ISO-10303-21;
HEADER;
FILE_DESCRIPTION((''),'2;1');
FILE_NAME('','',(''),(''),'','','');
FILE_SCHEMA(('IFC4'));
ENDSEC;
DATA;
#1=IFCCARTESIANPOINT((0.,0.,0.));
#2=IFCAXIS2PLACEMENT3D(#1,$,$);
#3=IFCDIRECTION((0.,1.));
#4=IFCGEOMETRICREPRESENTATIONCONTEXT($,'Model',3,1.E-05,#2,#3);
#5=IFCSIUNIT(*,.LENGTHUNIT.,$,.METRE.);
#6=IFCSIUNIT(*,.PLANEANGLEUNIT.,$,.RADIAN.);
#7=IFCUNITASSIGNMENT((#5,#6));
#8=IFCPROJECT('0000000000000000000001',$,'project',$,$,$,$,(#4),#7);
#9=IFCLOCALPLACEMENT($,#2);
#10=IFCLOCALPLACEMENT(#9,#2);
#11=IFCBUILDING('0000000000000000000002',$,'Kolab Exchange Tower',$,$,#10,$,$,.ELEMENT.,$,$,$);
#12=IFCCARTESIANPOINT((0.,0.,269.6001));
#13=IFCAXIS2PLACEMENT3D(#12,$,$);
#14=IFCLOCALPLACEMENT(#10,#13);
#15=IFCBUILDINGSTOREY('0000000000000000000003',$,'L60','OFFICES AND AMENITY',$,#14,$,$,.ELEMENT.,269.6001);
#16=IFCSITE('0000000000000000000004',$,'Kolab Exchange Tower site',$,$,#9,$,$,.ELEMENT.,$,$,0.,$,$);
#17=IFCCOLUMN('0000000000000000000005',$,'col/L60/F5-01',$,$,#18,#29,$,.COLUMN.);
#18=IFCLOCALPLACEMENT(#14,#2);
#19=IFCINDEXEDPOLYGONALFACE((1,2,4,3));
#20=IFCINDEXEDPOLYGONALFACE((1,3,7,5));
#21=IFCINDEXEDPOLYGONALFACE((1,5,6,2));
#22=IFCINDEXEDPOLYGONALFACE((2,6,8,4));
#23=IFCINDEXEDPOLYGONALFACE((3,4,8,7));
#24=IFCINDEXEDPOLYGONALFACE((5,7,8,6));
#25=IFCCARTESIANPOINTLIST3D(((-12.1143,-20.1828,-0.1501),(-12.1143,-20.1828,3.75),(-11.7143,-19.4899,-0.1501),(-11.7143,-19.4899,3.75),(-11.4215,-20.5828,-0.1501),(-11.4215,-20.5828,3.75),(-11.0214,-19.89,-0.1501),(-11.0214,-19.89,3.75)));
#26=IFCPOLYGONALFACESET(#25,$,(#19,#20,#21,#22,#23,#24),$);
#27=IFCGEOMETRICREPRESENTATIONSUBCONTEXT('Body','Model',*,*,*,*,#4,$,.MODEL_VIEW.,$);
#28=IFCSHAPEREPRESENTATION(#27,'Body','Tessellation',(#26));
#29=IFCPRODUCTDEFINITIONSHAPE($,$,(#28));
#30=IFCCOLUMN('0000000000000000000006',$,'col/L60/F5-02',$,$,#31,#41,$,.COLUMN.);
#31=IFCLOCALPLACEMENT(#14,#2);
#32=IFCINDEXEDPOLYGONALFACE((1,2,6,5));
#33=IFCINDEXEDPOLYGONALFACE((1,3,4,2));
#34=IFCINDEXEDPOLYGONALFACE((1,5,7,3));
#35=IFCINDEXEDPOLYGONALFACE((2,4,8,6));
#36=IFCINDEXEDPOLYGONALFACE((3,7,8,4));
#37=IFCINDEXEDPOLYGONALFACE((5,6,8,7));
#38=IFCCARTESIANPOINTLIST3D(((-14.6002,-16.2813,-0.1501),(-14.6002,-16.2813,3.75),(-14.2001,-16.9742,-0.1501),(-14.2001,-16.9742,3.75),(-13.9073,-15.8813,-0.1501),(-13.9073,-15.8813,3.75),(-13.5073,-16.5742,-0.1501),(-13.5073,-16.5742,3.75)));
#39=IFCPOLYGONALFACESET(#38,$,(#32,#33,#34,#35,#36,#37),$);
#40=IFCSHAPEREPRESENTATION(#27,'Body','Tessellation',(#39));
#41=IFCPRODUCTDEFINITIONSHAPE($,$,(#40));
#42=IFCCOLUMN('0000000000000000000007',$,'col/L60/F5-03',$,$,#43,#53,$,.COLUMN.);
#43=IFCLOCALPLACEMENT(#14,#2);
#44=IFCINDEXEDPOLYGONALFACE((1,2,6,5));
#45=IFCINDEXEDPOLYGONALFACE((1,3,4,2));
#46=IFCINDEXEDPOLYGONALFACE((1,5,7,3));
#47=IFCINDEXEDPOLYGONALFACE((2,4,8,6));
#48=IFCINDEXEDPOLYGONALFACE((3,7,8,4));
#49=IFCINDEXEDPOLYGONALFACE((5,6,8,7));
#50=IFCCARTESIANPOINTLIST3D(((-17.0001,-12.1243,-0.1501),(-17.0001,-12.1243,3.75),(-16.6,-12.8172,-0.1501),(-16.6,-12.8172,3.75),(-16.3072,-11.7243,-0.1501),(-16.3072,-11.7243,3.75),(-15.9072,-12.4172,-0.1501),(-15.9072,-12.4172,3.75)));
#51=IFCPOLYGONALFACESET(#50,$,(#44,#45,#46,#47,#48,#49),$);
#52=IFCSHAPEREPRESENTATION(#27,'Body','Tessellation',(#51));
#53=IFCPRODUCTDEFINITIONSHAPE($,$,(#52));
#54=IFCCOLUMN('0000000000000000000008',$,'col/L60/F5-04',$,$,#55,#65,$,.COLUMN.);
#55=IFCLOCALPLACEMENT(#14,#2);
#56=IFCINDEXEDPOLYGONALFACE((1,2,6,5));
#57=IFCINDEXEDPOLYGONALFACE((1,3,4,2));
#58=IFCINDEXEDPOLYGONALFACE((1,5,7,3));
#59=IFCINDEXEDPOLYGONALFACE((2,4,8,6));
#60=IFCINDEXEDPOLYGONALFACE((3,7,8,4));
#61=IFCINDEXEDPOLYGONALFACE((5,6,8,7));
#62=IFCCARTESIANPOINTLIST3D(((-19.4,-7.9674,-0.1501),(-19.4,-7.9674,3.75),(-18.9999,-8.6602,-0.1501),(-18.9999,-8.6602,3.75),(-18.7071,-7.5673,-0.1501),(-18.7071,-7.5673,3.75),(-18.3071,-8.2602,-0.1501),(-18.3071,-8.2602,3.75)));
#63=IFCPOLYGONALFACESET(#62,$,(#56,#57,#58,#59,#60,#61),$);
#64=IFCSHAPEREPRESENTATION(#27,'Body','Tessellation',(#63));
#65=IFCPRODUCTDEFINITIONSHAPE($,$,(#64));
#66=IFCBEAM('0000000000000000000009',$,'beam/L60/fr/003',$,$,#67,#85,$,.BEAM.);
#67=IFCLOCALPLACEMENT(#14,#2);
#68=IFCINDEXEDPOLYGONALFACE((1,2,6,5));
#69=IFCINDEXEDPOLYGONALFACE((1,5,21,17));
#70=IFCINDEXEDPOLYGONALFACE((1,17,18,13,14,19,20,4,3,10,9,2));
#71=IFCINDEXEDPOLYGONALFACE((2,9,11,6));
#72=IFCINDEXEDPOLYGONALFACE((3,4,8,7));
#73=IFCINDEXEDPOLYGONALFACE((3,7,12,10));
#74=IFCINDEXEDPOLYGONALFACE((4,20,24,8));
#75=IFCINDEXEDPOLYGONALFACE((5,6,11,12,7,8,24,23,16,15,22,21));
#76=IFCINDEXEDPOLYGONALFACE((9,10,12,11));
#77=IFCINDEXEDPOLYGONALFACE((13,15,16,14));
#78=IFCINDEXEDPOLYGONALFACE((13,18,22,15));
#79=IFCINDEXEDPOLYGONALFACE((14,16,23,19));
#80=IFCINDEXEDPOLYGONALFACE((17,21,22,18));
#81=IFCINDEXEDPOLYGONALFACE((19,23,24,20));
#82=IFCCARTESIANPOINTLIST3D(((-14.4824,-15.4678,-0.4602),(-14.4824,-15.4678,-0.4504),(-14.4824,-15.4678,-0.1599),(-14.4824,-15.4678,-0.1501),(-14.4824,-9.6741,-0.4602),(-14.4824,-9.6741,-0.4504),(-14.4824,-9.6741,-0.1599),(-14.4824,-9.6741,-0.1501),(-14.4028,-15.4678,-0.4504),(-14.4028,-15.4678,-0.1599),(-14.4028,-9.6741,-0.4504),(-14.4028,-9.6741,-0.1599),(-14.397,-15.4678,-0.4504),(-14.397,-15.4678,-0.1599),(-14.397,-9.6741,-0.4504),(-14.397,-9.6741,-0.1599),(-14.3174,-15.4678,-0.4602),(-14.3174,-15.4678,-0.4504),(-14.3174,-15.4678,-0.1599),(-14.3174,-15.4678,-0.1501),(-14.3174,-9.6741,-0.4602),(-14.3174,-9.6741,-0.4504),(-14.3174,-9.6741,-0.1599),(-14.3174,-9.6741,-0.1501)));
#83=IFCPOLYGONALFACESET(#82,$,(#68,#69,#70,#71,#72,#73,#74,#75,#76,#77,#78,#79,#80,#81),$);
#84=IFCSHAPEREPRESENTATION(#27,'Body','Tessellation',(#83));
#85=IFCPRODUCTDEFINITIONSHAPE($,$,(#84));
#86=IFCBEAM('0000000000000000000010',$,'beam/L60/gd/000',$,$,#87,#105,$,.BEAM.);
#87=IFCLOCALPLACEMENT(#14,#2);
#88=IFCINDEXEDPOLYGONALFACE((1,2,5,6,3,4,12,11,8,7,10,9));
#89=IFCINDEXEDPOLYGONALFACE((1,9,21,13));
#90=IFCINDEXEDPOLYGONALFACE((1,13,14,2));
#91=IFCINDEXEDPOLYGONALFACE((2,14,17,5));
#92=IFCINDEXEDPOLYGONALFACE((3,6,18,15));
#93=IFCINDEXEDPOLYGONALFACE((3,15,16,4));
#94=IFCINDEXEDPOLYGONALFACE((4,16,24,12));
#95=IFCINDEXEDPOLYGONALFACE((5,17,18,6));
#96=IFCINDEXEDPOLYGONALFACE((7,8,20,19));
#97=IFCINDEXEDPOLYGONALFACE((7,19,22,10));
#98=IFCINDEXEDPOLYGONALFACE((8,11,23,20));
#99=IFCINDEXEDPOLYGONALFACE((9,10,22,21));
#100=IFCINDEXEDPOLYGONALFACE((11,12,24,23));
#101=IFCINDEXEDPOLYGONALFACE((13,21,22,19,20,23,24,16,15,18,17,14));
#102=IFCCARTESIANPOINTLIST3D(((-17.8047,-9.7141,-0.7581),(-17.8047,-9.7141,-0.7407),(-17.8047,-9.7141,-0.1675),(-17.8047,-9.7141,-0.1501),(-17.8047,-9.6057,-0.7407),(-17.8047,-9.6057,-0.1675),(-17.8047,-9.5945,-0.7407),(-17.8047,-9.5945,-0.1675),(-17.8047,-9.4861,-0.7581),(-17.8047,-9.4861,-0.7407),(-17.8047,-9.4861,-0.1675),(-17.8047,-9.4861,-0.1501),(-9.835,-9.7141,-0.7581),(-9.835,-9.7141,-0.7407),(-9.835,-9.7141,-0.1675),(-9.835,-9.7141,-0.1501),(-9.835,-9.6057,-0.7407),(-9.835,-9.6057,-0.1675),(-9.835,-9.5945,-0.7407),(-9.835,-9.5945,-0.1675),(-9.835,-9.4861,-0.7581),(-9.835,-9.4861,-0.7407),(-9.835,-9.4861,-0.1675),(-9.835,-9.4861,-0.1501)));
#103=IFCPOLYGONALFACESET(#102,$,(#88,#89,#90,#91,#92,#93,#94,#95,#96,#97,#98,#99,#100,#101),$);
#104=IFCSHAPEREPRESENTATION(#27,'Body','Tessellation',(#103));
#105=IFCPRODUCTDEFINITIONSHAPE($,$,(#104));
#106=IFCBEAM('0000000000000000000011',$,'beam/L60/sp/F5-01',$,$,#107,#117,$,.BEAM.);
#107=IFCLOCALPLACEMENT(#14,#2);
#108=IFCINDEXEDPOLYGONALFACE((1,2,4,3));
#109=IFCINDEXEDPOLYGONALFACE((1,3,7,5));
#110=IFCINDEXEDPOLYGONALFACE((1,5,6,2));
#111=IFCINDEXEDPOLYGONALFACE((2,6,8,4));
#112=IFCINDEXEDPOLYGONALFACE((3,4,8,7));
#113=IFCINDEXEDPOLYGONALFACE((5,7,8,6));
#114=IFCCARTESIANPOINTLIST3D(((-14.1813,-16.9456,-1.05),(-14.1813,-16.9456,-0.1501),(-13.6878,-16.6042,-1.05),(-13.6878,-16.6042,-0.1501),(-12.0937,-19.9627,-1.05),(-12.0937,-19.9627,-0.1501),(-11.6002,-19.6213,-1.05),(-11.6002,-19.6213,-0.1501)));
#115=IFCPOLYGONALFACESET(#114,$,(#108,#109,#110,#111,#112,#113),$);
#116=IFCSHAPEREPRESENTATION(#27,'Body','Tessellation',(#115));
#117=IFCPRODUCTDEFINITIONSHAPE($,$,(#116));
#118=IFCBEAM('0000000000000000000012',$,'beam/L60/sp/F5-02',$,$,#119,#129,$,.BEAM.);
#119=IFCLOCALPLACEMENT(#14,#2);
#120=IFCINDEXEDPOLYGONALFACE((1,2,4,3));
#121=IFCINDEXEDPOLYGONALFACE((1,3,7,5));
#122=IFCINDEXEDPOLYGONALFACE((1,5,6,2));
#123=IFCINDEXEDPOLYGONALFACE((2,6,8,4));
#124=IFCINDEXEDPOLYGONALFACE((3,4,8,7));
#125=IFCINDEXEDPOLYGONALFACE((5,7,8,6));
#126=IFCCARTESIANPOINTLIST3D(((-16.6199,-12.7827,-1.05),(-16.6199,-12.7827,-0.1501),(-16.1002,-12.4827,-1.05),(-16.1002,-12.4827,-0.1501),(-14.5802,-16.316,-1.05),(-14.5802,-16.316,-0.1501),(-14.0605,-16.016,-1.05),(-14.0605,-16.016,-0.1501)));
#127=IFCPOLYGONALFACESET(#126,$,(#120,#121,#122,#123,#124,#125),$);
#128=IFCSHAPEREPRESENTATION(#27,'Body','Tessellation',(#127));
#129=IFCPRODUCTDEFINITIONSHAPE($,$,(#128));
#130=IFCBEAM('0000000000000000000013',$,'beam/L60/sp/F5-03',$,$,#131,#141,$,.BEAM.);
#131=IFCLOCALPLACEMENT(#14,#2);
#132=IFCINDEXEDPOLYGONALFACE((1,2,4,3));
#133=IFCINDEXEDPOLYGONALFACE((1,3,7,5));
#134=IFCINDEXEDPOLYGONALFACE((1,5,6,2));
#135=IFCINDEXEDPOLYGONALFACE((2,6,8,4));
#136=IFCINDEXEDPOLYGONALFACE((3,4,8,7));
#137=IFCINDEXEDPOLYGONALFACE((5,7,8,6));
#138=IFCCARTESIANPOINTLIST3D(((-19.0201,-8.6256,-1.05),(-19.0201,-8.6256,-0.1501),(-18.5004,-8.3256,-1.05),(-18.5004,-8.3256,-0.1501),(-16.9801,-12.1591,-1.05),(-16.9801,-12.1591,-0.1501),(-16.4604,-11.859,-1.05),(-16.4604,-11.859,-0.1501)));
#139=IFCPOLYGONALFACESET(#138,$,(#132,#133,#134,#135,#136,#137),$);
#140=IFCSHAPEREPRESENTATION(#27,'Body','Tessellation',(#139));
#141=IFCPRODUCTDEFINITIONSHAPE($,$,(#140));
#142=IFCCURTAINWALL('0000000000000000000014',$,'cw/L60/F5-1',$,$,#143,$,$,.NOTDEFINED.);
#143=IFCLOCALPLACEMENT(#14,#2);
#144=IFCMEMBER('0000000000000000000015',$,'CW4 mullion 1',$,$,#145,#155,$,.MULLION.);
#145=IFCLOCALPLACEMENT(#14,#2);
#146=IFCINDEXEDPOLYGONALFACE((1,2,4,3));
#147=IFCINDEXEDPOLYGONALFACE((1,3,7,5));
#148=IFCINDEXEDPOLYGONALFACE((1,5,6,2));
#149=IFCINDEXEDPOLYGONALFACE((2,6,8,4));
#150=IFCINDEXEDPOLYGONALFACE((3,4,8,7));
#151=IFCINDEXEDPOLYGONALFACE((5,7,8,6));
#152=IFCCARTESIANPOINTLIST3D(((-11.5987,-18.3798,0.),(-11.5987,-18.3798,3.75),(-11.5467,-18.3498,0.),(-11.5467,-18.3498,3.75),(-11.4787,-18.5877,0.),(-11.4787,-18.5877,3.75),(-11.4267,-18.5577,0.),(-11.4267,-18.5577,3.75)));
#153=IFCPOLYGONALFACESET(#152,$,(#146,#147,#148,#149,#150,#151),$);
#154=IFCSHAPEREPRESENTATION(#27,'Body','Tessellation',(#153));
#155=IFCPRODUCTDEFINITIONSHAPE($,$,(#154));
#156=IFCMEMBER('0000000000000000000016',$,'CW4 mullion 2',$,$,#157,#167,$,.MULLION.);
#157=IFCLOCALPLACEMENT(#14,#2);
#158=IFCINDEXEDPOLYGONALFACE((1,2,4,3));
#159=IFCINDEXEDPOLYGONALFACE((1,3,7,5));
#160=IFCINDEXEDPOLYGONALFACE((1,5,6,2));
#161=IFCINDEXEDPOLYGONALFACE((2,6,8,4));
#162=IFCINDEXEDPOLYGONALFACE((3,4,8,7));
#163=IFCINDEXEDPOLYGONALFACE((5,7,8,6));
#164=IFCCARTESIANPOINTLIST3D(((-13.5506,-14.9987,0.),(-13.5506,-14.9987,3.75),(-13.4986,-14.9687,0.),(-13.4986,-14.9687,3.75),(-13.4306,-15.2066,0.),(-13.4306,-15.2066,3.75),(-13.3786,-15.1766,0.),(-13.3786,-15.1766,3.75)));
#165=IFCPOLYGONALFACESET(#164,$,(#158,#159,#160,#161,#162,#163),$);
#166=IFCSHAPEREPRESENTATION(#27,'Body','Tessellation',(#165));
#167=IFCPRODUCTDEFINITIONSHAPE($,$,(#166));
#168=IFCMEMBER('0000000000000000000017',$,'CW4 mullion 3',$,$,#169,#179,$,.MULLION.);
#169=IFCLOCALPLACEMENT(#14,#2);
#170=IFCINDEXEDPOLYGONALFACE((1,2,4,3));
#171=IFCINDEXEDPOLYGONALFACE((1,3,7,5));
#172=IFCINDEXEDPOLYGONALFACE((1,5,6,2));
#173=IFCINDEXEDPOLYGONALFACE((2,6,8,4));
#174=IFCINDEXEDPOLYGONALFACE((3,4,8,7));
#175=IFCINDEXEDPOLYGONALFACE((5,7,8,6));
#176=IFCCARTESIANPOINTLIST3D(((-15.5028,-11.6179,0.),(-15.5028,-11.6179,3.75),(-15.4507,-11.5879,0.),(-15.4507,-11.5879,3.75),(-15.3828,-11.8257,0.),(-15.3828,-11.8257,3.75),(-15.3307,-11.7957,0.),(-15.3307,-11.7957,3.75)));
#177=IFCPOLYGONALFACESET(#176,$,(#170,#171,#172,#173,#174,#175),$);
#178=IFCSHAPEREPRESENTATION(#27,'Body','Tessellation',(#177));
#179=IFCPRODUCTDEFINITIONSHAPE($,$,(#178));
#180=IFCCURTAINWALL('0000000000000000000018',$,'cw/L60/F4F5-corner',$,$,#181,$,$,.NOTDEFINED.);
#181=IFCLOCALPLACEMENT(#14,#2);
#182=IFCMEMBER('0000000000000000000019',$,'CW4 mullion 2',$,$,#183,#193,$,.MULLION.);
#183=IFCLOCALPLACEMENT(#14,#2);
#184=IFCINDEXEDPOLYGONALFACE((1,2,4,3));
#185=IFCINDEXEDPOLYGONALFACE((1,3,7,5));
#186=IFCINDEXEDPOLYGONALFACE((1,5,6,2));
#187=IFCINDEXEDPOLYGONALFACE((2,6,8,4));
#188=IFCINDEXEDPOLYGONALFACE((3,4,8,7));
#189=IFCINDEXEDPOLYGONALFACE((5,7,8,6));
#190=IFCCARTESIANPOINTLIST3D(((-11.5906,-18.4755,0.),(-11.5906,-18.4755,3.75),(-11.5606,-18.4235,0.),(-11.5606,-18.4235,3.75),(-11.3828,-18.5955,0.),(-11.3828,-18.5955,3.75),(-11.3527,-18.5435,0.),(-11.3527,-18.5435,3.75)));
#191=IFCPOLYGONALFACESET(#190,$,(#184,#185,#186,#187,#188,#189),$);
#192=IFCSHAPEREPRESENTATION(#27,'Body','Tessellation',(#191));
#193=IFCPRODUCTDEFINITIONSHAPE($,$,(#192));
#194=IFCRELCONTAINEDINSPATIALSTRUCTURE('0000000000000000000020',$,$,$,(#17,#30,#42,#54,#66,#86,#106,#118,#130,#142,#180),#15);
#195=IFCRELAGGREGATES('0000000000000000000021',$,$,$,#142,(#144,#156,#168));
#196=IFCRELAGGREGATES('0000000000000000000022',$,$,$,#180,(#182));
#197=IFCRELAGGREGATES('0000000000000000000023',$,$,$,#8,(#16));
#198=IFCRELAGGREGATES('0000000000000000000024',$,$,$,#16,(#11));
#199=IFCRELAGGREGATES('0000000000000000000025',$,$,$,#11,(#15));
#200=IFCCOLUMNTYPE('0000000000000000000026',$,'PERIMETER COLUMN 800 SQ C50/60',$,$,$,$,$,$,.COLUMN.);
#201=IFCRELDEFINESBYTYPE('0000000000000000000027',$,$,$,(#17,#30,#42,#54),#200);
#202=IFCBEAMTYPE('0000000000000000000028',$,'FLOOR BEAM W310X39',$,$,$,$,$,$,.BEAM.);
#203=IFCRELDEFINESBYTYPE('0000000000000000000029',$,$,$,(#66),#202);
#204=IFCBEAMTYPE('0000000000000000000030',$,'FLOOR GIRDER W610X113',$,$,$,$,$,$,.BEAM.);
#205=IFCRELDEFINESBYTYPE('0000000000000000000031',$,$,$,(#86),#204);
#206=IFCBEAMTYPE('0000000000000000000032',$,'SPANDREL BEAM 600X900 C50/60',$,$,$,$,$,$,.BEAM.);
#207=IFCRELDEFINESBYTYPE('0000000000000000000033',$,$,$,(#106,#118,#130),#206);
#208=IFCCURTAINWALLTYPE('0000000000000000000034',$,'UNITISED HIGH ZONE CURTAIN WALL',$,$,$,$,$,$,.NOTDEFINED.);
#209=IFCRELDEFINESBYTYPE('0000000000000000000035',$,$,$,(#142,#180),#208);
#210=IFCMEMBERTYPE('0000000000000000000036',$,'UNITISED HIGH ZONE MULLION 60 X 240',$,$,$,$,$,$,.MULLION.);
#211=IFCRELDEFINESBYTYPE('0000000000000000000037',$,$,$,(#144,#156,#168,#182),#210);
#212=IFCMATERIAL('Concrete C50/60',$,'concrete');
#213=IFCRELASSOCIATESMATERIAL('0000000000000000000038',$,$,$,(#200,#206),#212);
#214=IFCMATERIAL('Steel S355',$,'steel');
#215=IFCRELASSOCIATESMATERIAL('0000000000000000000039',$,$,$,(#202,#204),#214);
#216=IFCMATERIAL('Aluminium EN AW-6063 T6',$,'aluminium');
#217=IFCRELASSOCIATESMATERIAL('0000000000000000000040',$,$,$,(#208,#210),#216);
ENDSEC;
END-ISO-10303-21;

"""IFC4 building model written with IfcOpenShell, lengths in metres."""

from ifc_helpers import new_model, si_unit, direction, frame, origin, origin_2d, place, context, subcontext, project, spatial, rectangle, i_section, extrude, material, material_profile, profile_set, type_object, element, aggregate, save


model = new_model("IFC4")

# Units and contexts
model_context = context("Model", 3, precision=1e-05, world=origin(), true_north=direction((0.0, 1.0)))
body_context = subcontext(model_context, "Body", "Model", "MODEL_VIEW")
ifc_project = project(units=[si_unit("LENGTHUNIT", "METRE"), si_unit("PLANEANGLEUNIT", "RADIAN")], contexts=[model_context])

# Site, building, storey
site_placement = place(None, origin())
site = spatial("IfcSite", under=ifc_project, at=site_placement, Name="Kolab Exchange Tower site", CompositionType="ELEMENT", RefElevation=0.0)
building_placement = place(site_placement, origin())
building = spatial("IfcBuilding", under=site, at=building_placement, Name="Kolab Exchange Tower", CompositionType="ELEMENT")
storey_placement = place(building_placement, frame((0.0, 0.0, 269.6001)))
storey = spatial("IfcBuildingStorey", under=building, at=storey_placement, Name="L60", Description="OFFICES AND AMENITY", CompositionType="ELEMENT", Elevation=269.6001)

# Columns
ifc_material_1 = material(Name="Concrete C50/60", Category="concrete")
ifc_material_profile_1 = material_profile(ifc_material_1, rectangle(XDim=0.8, YDim=0.8, at=origin_2d()), Name="RC800")
ifc_profile_set_1 = profile_set([ifc_material_profile_1], Name="Concrete C50/60")
column_type = type_object("IfcColumnType", Name="PERIMETER COLUMN 800 SQ C50/60", PredefinedType="COLUMN", material=ifc_profile_set_1)
for number, where, z_axis, x_axis, name in (
    (1, (-11.5679, -20.0364, -0.1501), (0.0, 0.0, 1.0), (0.5, 0.866025, 0.0), "col/L60/F5-01"),
    (2, (-14.0537, -16.4277, -0.1501), (0.0, 0.0, 1.0), (0.866025, 0.5, 0.0), "col/L60/F5-02"),
    (3, (-16.4536, -12.2708, -0.1501), (0.0, 0.0, 1.0), (0.866025, 0.5, 0.0), "col/L60/F5-03"),
    (4, (-18.8535, -8.1138, -0.1501), (0.0, 0.0, 1.0), (0.866025, 0.5, 0.0), "col/L60/F5-04"),
):
    element("IfcColumn", number, at=place(storey_placement, frame(where, z_axis=z_axis, x_axis=x_axis)), inside=storey, type_object=column_type, Name=name, PredefinedType="COLUMN", context=body_context, shape_type="SweptSolid", body=[
        extrude(rectangle(XDim=0.8, YDim=0.8, at=origin_2d()), origin(), (0.0, 0.0, 1.0), 3.9001),
    ])

# Beams
ifc_material_2 = material(Name="Steel S355", Category="steel")
ifc_material_profile_2 = material_profile(ifc_material_2, i_section(OverallWidth=0.165, OverallDepth=0.3101, WebThickness=0.0059, FlangeThickness=0.0098, at=origin_2d()), Name="W310X39")
ifc_profile_set_2 = profile_set([ifc_material_profile_2], Name="Steel S355")
beam_type_1 = type_object("IfcBeamType", Name="FLOOR BEAM W310X39", PredefinedType="BEAM", material=ifc_profile_set_2)
beam_1_placement = place(storey_placement, frame((-14.3999, -15.4678, -0.3052), z_axis=(0.0, 1.0, 0.0), x_axis=(-1.0, 0.0, 0.0)))
element("IfcBeam", 5, at=beam_1_placement, inside=storey, type_object=beam_type_1, Name="beam/L60/fr/003", PredefinedType="BEAM", context=body_context, shape_type="SweptSolid", body=[
    extrude(i_section(OverallWidth=0.165, OverallDepth=0.3101, WebThickness=0.0059, FlangeThickness=0.0098, at=origin_2d()), origin(), (0.0, 0.0, 1.0), 5.7937),
])
ifc_material_profile_3 = material_profile(ifc_material_2, i_section(OverallWidth=0.228, OverallDepth=0.6079, WebThickness=0.0112, FlangeThickness=0.0173, at=origin_2d()), Name="W610X113")
ifc_profile_set_3 = profile_set([ifc_material_profile_3], Name="Steel S355")
beam_type_2 = type_object("IfcBeamType", Name="FLOOR GIRDER W610X113", PredefinedType="BEAM", material=ifc_profile_set_3)
beam_2_placement = place(storey_placement, frame((-17.8047, -9.6001, -0.4541), z_axis=(1.0, 0.0, 0.0), x_axis=(0.0, 1.0, 0.0)))
element("IfcBeam", 6, at=beam_2_placement, inside=storey, type_object=beam_type_2, Name="beam/L60/gd/000", PredefinedType="BEAM", context=body_context, shape_type="SweptSolid", body=[
    extrude(i_section(OverallWidth=0.228, OverallDepth=0.6079, WebThickness=0.0112, FlangeThickness=0.0173, at=origin_2d()), origin(), (0.0, 0.0, 1.0), 7.9697),
])
ifc_material_profile_4 = material_profile(ifc_material_1, rectangle(XDim=0.6001, YDim=0.8999, at=origin_2d()), Name="RC600X900")
ifc_profile_set_4 = profile_set([ifc_material_profile_4], Name="Concrete C50/60")
beam_type_3 = type_object("IfcBeamType", Name="SPANDREL BEAM 600X900 C50/60", PredefinedType="BEAM", material=ifc_profile_set_4)
beam_3_placement = place(storey_placement, frame((-11.8469, -19.792, -0.6001), z_axis=(-0.569006, 0.822334, 0.0), x_axis=(-0.822334, -0.569006, 0.0)))
element("IfcBeam", 7, at=beam_3_placement, inside=storey, type_object=beam_type_3, Name="beam/L60/sp/F5-01", PredefinedType="BEAM", context=body_context, shape_type="SweptSolid", body=[
    extrude(rectangle(XDim=0.6001, YDim=0.8999, at=origin_2d()), origin(), (0.0, 0.0, 1.0), 3.6689),
])
beam_4_placement = place(storey_placement, frame((-14.3203, -16.166, -0.6001), z_axis=(-0.499956, 0.866051, 0.0), x_axis=(-0.866051, -0.499956, 0.0)))
element("IfcBeam", 8, at=beam_4_placement, inside=storey, type_object=beam_type_3, Name="beam/L60/sp/F5-02", PredefinedType="BEAM", context=body_context, shape_type="SweptSolid", body=[
    extrude(rectangle(XDim=0.6001, YDim=0.8999, at=origin_2d()), origin(), (0.0, 0.0, 1.0), 4.0798),
])
beam_5_placement = place(storey_placement, frame((-16.7202, -12.009, -0.6001), z_axis=(-0.5, 0.866025, 0.0), x_axis=(-0.866025, -0.5, 0.0)))
element("IfcBeam", 9, at=beam_5_placement, inside=storey, type_object=beam_type_3, Name="beam/L60/sp/F5-03", PredefinedType="BEAM", context=body_context, shape_type="SweptSolid", body=[
    extrude(rectangle(XDim=0.6001, YDim=0.8999, at=origin_2d()), origin(), (0.0, 0.0, 1.0), 4.0801),
])

# Curtain wall, members
ifc_material_3 = material(Name="Aluminium EN AW-6063 T6", Category="aluminium")
curtain_wall_type = type_object("IfcCurtainWallType", Name="UNITISED HIGH ZONE CURTAIN WALL", PredefinedType="NOTDEFINED", material=ifc_material_3)
curtain_wall_1_placement = place(storey_placement, origin())
curtain_wall_1 = element("IfcCurtainWall", 10, at=curtain_wall_1_placement, inside=storey, type_object=curtain_wall_type, Name="cw/L60/F5-1", PredefinedType="NOTDEFINED")
ifc_material_profile_5 = material_profile(ifc_material_3, rectangle(XDim=0.0601, YDim=0.24, at=origin_2d()), Name="RECT 60X240")
ifc_profile_set_5 = profile_set([ifc_material_profile_5], Name="Aluminium EN AW-6063 T6")
member_type_1 = type_object("IfcMemberType", Name="UNITISED HIGH ZONE MULLION 60 X 240", PredefinedType="MULLION", material=ifc_profile_set_5)
member_1_placement = place(storey_placement, frame((-11.5127, -18.4688, 0.0), z_axis=(0.0, 0.0, 1.0), x_axis=(-0.866025, -0.5, 0.0)))
member_1 = element("IfcMember", 11, at=member_1_placement, type_object=member_type_1, Name="CW4 mullion 1", PredefinedType="MULLION", context=body_context, shape_type="SweptSolid", body=[
    extrude(rectangle(XDim=0.0601, YDim=0.24, at=origin_2d()), origin(), (0.0, 0.0, 1.0), 3.75),
])
member_2_placement = place(storey_placement, frame((-13.4646, -15.0876, 0.0), z_axis=(0.0, 0.0, 1.0), x_axis=(-0.866025, -0.5, 0.0)))
member_2 = element("IfcMember", 12, at=member_2_placement, type_object=member_type_1, Name="CW4 mullion 2", PredefinedType="MULLION", context=body_context, shape_type="SweptSolid", body=[
    extrude(rectangle(XDim=0.0601, YDim=0.24, at=origin_2d()), origin(), (0.0, 0.0, 1.0), 3.75),
])
member_3_placement = place(storey_placement, frame((-15.4167, -11.7068, 0.0), z_axis=(0.0, 0.0, 1.0), x_axis=(-0.866025, -0.5, 0.0)))
member_3 = element("IfcMember", 13, at=member_3_placement, type_object=member_type_1, Name="CW4 mullion 3", PredefinedType="MULLION", context=body_context, shape_type="SweptSolid", body=[
    extrude(rectangle(XDim=0.0601, YDim=0.24, at=origin_2d()), origin(), (0.0, 0.0, 1.0), 3.75),
])

# Curtain wall, member
curtain_wall_2_placement = place(storey_placement, origin())
curtain_wall_2 = element("IfcCurtainWall", 14, at=curtain_wall_2_placement, inside=storey, type_object=curtain_wall_type, Name="cw/L60/F4F5-corner", PredefinedType="NOTDEFINED")
member_4_placement = place(storey_placement, frame((-11.4717, -18.5095, 0.0), z_axis=(0.0, 0.0, 1.0), x_axis=(-0.5, -0.866025, 0.0)))
member_4 = element("IfcMember", 15, at=member_4_placement, type_object=member_type_1, Name="CW4 mullion 2", PredefinedType="MULLION", context=body_context, shape_type="SweptSolid", body=[
    extrude(rectangle(XDim=0.0601, YDim=0.24, at=origin_2d()), origin(), (0.0, 0.0, 1.0), 3.75),
])

aggregate(curtain_wall_1, [member_1, member_2, member_3])
aggregate(curtain_wall_2, [member_4])

save(model, "model.ifc")
